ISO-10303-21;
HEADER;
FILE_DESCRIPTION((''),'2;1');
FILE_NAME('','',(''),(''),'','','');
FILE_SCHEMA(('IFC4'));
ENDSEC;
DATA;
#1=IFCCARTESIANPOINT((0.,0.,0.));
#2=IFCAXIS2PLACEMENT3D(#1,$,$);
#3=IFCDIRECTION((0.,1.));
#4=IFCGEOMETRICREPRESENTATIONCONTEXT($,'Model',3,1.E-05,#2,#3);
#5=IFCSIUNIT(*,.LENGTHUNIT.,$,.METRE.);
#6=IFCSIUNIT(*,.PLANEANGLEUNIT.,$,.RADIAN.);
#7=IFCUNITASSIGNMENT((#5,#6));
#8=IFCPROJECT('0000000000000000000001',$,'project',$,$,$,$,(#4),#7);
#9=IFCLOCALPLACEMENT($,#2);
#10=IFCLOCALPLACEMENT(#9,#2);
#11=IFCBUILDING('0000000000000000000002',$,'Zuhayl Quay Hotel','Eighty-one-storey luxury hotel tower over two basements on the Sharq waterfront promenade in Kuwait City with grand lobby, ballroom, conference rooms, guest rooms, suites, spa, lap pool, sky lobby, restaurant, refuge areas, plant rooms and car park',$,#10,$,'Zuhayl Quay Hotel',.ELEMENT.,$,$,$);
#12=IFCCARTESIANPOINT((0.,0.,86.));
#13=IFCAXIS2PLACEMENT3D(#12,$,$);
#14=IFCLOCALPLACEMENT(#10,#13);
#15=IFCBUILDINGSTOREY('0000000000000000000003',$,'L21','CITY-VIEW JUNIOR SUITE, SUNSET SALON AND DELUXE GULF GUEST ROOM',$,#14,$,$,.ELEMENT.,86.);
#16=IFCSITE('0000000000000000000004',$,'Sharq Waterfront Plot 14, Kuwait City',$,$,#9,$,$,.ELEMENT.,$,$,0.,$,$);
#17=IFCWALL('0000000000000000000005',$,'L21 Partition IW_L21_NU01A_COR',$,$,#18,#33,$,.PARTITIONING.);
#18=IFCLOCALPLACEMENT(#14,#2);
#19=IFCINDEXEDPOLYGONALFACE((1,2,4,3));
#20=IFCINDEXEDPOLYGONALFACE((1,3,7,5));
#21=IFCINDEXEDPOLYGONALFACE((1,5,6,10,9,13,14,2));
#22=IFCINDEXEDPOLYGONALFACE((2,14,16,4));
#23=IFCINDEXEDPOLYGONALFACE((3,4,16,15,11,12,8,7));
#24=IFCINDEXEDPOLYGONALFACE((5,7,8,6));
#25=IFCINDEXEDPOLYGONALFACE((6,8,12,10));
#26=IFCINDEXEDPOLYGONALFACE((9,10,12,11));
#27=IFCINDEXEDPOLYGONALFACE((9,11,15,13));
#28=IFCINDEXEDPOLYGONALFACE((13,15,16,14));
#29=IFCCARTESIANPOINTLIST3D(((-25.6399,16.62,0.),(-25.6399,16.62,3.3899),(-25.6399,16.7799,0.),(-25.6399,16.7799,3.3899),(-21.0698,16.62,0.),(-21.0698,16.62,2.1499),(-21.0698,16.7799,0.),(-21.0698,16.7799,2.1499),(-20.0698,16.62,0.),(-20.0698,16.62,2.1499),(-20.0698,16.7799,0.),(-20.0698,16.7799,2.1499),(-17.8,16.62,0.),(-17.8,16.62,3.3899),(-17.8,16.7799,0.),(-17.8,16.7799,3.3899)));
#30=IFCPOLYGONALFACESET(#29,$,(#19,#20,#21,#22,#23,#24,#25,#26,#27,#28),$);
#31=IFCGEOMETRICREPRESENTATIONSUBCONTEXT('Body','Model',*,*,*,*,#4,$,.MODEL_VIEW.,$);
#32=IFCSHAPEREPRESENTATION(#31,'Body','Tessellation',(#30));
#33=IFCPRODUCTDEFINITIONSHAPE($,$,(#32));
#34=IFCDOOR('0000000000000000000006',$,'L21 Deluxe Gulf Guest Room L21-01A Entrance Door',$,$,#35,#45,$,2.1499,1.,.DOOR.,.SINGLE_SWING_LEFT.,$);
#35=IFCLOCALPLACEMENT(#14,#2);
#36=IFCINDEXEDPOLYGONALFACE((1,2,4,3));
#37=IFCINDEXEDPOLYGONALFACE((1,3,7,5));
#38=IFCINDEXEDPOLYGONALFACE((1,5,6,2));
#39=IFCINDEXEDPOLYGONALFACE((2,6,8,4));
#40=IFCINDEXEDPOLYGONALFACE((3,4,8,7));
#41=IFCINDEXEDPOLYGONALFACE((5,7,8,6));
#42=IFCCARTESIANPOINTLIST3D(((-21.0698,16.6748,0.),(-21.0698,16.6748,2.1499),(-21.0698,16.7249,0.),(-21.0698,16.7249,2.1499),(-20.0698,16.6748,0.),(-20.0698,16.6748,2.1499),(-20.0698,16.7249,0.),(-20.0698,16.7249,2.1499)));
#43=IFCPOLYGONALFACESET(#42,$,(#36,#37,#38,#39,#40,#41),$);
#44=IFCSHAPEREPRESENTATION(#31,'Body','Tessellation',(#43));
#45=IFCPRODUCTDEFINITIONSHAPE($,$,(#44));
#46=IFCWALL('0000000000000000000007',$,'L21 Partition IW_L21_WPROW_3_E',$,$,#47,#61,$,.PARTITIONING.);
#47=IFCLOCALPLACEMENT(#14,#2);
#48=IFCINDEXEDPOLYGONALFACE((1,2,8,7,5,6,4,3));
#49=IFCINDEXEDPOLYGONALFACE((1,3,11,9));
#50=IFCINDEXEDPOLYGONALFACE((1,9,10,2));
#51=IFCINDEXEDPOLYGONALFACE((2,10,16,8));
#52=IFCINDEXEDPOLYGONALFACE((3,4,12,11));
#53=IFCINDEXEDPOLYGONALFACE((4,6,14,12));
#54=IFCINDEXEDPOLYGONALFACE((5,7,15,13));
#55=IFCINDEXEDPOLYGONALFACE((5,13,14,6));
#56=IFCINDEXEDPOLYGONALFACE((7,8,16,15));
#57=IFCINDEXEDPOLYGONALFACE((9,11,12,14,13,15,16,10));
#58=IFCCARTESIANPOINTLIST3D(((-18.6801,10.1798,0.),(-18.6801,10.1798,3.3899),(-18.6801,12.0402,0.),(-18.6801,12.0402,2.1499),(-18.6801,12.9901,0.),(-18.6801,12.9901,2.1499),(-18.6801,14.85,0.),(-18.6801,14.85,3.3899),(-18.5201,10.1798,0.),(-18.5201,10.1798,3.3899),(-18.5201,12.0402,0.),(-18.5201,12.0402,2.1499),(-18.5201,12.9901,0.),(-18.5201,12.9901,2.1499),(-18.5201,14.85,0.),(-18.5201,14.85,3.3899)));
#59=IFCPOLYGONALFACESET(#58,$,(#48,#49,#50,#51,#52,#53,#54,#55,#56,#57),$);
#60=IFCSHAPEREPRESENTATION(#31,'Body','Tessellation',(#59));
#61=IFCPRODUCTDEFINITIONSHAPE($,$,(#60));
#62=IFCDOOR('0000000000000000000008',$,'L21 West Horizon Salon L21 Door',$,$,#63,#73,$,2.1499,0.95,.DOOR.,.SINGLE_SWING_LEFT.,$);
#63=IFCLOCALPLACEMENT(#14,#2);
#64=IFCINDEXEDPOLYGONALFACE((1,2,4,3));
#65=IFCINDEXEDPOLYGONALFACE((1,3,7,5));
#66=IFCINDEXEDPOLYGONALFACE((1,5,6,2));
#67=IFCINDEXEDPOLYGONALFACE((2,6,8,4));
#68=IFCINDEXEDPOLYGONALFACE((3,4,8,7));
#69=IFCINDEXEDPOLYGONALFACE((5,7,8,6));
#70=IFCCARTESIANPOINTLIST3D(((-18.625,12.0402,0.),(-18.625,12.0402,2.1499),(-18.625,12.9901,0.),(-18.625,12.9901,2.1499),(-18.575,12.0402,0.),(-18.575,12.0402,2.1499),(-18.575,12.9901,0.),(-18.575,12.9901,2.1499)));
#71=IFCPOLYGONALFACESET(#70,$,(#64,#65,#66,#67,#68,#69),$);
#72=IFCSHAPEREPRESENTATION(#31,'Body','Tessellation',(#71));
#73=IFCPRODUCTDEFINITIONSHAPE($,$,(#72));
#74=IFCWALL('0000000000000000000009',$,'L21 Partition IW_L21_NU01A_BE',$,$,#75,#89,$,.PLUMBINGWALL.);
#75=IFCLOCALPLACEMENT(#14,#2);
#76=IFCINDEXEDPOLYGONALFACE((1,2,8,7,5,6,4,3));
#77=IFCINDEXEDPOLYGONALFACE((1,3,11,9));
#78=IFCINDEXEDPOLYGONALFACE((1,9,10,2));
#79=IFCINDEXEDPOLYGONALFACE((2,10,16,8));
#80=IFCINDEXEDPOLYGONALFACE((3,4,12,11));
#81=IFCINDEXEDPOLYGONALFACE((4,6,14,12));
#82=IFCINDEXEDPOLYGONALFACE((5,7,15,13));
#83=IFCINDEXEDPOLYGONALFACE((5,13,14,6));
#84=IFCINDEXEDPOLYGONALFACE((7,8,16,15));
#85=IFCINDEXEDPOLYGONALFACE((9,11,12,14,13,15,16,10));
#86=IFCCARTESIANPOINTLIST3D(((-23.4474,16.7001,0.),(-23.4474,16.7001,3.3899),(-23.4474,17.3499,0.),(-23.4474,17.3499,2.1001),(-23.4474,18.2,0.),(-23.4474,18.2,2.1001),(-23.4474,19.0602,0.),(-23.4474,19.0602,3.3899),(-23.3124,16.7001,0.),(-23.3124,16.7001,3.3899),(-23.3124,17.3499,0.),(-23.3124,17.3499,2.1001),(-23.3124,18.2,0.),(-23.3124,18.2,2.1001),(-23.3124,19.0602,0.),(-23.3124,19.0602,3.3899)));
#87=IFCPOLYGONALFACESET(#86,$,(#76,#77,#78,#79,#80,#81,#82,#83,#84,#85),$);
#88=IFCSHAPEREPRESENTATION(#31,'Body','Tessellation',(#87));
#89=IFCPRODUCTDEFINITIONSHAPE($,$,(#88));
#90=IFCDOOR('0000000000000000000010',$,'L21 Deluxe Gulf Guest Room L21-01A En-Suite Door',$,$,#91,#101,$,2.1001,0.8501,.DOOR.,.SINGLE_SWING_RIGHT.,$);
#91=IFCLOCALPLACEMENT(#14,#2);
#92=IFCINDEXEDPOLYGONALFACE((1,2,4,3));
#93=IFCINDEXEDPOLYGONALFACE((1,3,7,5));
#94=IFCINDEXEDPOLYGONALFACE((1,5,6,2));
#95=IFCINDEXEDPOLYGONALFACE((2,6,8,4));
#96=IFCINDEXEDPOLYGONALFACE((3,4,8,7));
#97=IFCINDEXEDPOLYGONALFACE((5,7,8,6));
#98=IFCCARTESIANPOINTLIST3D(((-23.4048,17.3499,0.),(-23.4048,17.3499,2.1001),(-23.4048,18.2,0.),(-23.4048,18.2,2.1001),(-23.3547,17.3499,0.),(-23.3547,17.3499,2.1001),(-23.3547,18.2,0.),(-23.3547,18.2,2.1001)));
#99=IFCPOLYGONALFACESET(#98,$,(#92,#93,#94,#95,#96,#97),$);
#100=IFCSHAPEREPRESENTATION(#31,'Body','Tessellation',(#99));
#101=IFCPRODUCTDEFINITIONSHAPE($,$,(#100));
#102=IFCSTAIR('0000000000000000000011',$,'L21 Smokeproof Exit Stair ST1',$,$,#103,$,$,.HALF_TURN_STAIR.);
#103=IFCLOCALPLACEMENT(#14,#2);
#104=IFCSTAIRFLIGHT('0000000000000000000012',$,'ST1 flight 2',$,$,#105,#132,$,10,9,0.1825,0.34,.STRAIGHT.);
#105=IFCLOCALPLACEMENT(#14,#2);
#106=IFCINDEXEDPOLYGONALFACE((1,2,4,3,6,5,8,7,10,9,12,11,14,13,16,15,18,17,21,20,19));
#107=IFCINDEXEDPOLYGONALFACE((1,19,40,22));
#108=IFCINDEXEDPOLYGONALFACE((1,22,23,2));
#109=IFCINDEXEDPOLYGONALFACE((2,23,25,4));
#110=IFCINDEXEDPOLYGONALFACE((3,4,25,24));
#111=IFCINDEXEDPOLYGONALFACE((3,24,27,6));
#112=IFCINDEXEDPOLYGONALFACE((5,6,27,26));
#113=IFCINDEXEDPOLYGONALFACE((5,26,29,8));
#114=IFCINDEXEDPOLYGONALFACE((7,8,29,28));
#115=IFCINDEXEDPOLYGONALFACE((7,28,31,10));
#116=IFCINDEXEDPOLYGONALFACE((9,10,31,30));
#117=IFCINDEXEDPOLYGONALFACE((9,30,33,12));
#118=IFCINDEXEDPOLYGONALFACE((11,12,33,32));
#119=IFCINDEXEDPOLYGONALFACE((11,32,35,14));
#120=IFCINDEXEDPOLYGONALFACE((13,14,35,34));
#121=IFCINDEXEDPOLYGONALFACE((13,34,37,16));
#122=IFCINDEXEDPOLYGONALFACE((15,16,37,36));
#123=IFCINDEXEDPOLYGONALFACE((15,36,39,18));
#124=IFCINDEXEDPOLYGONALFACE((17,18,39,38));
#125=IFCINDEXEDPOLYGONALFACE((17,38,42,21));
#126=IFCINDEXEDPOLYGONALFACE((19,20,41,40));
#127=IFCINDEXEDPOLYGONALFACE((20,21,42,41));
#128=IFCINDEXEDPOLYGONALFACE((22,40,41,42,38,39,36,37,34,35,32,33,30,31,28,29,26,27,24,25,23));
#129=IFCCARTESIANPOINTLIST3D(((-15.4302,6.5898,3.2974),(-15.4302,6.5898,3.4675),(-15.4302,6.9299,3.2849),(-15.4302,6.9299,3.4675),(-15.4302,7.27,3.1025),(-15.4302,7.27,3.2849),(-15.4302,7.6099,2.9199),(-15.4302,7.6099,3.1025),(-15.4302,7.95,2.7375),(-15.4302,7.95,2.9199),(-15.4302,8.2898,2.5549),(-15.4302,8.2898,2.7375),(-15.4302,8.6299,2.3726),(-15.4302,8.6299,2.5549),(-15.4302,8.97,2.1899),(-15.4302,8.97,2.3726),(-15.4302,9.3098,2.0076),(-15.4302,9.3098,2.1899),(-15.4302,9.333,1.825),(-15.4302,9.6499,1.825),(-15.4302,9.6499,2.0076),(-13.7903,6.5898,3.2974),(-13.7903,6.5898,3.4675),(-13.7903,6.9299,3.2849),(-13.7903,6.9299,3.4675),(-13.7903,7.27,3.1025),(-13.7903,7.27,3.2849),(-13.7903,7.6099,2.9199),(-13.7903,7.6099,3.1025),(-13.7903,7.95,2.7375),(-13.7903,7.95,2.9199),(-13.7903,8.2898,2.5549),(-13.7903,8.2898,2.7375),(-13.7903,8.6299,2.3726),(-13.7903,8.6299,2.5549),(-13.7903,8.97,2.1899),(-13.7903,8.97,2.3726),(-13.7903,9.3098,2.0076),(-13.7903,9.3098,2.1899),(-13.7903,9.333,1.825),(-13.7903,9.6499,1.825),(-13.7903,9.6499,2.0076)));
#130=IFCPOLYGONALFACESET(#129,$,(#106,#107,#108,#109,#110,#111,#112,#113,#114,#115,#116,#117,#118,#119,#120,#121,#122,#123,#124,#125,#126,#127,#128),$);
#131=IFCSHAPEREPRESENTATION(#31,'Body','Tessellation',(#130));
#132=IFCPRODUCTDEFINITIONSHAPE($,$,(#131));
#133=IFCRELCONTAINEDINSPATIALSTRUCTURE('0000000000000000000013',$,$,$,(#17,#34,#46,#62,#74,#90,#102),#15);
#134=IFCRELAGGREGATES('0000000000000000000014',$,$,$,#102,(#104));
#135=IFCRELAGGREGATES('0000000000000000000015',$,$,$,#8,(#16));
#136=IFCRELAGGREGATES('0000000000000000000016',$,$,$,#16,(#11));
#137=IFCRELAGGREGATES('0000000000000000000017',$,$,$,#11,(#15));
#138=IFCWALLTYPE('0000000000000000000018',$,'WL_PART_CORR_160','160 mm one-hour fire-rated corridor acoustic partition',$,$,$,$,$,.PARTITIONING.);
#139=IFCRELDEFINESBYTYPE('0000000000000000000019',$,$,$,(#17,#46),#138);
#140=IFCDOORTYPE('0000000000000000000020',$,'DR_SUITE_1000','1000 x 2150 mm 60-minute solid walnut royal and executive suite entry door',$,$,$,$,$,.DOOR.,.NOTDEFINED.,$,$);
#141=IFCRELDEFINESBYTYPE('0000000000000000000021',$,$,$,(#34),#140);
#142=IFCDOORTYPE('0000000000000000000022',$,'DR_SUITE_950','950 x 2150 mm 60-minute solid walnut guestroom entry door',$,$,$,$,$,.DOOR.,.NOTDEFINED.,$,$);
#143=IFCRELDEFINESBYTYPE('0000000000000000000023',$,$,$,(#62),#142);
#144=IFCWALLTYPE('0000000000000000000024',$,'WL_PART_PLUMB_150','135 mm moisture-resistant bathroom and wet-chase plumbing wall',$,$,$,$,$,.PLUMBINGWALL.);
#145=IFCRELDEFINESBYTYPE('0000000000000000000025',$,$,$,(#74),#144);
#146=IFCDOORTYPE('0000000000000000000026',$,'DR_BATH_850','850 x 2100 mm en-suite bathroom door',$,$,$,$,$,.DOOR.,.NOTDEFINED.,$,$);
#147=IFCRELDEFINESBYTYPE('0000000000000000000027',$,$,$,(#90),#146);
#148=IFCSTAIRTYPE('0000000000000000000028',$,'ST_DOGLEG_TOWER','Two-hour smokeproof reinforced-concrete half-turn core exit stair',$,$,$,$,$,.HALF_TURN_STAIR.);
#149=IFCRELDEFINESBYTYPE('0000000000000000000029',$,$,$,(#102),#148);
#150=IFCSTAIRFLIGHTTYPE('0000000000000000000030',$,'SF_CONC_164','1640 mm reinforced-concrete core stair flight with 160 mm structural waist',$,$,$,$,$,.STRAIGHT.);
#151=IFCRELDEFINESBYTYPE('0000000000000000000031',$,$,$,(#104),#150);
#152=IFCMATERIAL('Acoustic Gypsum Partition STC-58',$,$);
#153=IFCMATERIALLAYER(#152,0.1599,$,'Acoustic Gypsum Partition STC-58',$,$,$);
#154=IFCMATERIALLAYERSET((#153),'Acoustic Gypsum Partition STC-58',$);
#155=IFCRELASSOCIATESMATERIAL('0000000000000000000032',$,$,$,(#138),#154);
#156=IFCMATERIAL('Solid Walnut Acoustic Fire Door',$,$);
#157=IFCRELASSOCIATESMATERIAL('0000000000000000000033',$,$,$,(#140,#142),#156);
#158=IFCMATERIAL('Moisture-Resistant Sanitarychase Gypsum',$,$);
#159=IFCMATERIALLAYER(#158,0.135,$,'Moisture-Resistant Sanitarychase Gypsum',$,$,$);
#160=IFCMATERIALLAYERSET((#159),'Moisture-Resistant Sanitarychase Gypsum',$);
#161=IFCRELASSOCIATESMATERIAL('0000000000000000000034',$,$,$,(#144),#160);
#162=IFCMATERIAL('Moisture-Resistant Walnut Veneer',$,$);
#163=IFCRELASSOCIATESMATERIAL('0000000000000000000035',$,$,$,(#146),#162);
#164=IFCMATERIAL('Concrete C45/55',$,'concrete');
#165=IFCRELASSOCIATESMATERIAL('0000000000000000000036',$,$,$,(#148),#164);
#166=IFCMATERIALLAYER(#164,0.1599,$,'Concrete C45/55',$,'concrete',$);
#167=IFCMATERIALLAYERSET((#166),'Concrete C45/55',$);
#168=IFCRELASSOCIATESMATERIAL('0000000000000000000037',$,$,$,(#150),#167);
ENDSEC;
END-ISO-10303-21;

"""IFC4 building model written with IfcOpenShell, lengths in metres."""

from ifc_helpers import new_model, si_unit, direction, frame, frame_2d, origin, place, context, subcontext, project, spatial, polyline, rectangle, outline, extrude, material, layer, layer_set, type_object, element, fill, aggregate, save


model = new_model("IFC4")

# Units and contexts
model_context = context("Model", 3, precision=1e-05, world=origin(), true_north=direction((0.0, 1.0)))
body_context = subcontext(model_context, "Body", "Model", "MODEL_VIEW")
ifc_project = project(units=[si_unit("LENGTHUNIT", "METRE"), si_unit("PLANEANGLEUNIT", "RADIAN")], contexts=[model_context])

# Site, building, storey
site_placement = place(None, origin())
site = spatial("IfcSite", under=ifc_project, at=site_placement, Name="Sharq Waterfront Plot 14, Kuwait City", CompositionType="ELEMENT", RefElevation=0.0)
building_placement = place(site_placement, origin())
building = spatial("IfcBuilding", under=site, at=building_placement, Name="Zuhayl Quay Hotel", Description="Eighty-one-storey luxury hotel tower over two basements on the Sharq waterfront promenade in Kuwait City with grand lobby, ballroom, conference rooms, guest rooms, suites, spa, lap pool, sky lobby, restaurant, refuge areas, plant rooms and car park", LongName="Zuhayl Quay Hotel", CompositionType="ELEMENT")
storey_placement = place(building_placement, frame((0.0, 0.0, 86.0)))
storey = spatial("IfcBuildingStorey", under=building, at=storey_placement, Name="L21", Description="CITY-VIEW JUNIOR SUITE, SUNSET SALON AND DELUXE GULF GUEST ROOM", CompositionType="ELEMENT", Elevation=86.0)

# Shared definitions
ifc_material_1 = material(Name="Acoustic Gypsum Partition STC-58")

# Walls, openings, doors
ifc_layer_1 = layer(ifc_material_1, 0.1599, Name="Acoustic Gypsum Partition STC-58")
ifc_layer_set_1 = layer_set([ifc_layer_1], Name="Acoustic Gypsum Partition STC-58")
wall_type_1 = type_object("IfcWallType", Name="WL_PART_CORR_160", Description="160 mm one-hour fire-rated corridor acoustic partition", PredefinedType="PARTITIONING", material=ifc_layer_set_1)
wall_1_placement = place(storey_placement, frame((-25.6399, 16.7, 0.0), z_axis=(0.0, 0.0, 1.0), x_axis=(1.0, 0.0, 0.0)))
wall_1 = element("IfcWall", 1, at=wall_1_placement, inside=storey, type_object=wall_type_1, Name="L21 Partition IW_L21_NU01A_COR", PredefinedType="PARTITIONING", context=body_context, shape_type="SweptSolid", body=[
    extrude(rectangle(XDim=7.8398, YDim=0.1599, at=frame_2d((3.9199, 0.0))), origin(), (0.0, 0.0, 1.0), 3.3899),
])
opening_1_placement = place(wall_1_placement, frame((4.5701, 0.0, 0.0)))
opening_1 = element("IfcOpeningElement", 2, at=opening_1_placement, cuts=wall_1, PredefinedType="OPENING", context=body_context, shape_type="SweptSolid", body=[
    extrude(rectangle(XDim=1.0, YDim=2.1499, at=frame_2d((0.5, 1.075))), frame((0.0, 0.0898, 0.0), z_axis=(0.0, -1.0, 0.0), x_axis=(1.0, 0.0, 0.0)), (0.0, 0.0, 1.0), 0.1799),
])
ifc_material_2 = material(Name="Solid Walnut Acoustic Fire Door")
door_type_1 = type_object("IfcDoorType", Name="DR_SUITE_1000", Description="1000 x 2150 mm 60-minute solid walnut royal and executive suite entry door", OperationType="NOTDEFINED", PredefinedType="DOOR", material=ifc_material_2)
door_1_placement = place(opening_1_placement, origin())
door_1 = element("IfcDoor", 3, at=door_1_placement, inside=storey, type_object=door_type_1, Name="L21 Deluxe Gulf Guest Room L21-01A Entrance Door", OperationType="SINGLE_SWING_LEFT", OverallHeight=2.1499, OverallWidth=1.0, PredefinedType="DOOR", context=body_context, shape_type="SweptSolid", body=[
    extrude(rectangle(XDim=1.0, YDim=2.1499, at=frame_2d((0.5, 1.075))), frame((0.0, 0.0249, 0.0), z_axis=(0.0, -1.0, 0.0), x_axis=(1.0, 0.0, 0.0)), (0.0, 0.0, 1.0), 0.05),
])
fill(opening_1, door_1)
door_type_2 = type_object("IfcDoorType", Name="DR_SUITE_950", Description="950 x 2150 mm 60-minute solid walnut guestroom entry door", OperationType="NOTDEFINED", PredefinedType="DOOR", material=ifc_material_2)
wall_2_placement = place(storey_placement, frame((-18.6001, 10.1799, 0.0), z_axis=(0.0, 0.0, 1.0), x_axis=(0.0, 1.0, 0.0)))
wall_2 = element("IfcWall", 4, at=wall_2_placement, inside=storey, type_object=wall_type_1, Name="L21 Partition IW_L21_WPROW_3_E", PredefinedType="PARTITIONING", context=body_context, shape_type="SweptSolid", body=[
    extrude(rectangle(XDim=4.6702, YDim=0.1599, at=frame_2d((2.335, 0.0))), origin(), (0.0, 0.0, 1.0), 3.3899),
])
opening_2_placement = place(wall_2_placement, frame((1.8601, 0.0, 0.0)))
opening_2 = element("IfcOpeningElement", 5, at=opening_2_placement, cuts=wall_2, PredefinedType="OPENING", context=body_context, shape_type="SweptSolid", body=[
    extrude(rectangle(XDim=0.95, YDim=2.1499, at=frame_2d((0.4751, 1.075))), frame((0.0, 0.0898, 0.0), z_axis=(0.0, -1.0, 0.0), x_axis=(1.0, 0.0, 0.0)), (0.0, 0.0, 1.0), 0.1799),
])
door_2_placement = place(opening_2_placement, origin())
door_2 = element("IfcDoor", 6, at=door_2_placement, inside=storey, type_object=door_type_2, Name="L21 West Horizon Salon L21 Door", OperationType="SINGLE_SWING_LEFT", OverallHeight=2.1499, OverallWidth=0.95, PredefinedType="DOOR", context=body_context, shape_type="SweptSolid", body=[
    extrude(rectangle(XDim=0.95, YDim=2.1499, at=frame_2d((0.4751, 1.075))), frame((0.0, 0.0249, 0.0), z_axis=(0.0, -1.0, 0.0), x_axis=(1.0, 0.0, 0.0)), (0.0, 0.0, 1.0), 0.05),
])
fill(opening_2, door_2)
ifc_material_3 = material(Name="Moisture-Resistant Sanitarychase Gypsum")
ifc_layer_2 = layer(ifc_material_3, 0.135, Name="Moisture-Resistant Sanitarychase Gypsum")
ifc_layer_set_2 = layer_set([ifc_layer_2], Name="Moisture-Resistant Sanitarychase Gypsum")
wall_type_2 = type_object("IfcWallType", Name="WL_PART_PLUMB_150", Description="135 mm moisture-resistant bathroom and wet-chase plumbing wall", PredefinedType="PLUMBINGWALL", material=ifc_layer_set_2)
wall_3_placement = place(storey_placement, frame((-23.3799, 16.7, 0.0), z_axis=(0.0, 0.0, 1.0), x_axis=(0.0, 1.0, 0.0)))
wall_3 = element("IfcWall", 7, at=wall_3_placement, inside=storey, type_object=wall_type_2, Name="L21 Partition IW_L21_NU01A_BE", PredefinedType="PLUMBINGWALL", context=body_context, shape_type="SweptSolid", body=[
    extrude(rectangle(XDim=2.3601, YDim=0.135, at=frame_2d((1.1802, 0.0))), origin(), (0.0, 0.0, 1.0), 3.3899),
])
opening_3_placement = place(wall_3_placement, frame((0.6499, 0.0, 0.0)))
opening_3 = element("IfcOpeningElement", 8, at=opening_3_placement, cuts=wall_3, PredefinedType="OPENING", context=body_context, shape_type="SweptSolid", body=[
    extrude(rectangle(XDim=0.8501, YDim=2.1001, at=frame_2d((0.425, 1.05))), frame((0.0, 0.0774, 0.0), z_axis=(0.0, -1.0, 0.0), x_axis=(1.0, 0.0, 0.0)), (0.0, 0.0, 1.0), 0.155),
])
ifc_material_4 = material(Name="Moisture-Resistant Walnut Veneer")
door_type_3 = type_object("IfcDoorType", Name="DR_BATH_850", Description="850 x 2100 mm en-suite bathroom door", OperationType="NOTDEFINED", PredefinedType="DOOR", material=ifc_material_4)
door_3_placement = place(opening_3_placement, origin())
door_3 = element("IfcDoor", 9, at=door_3_placement, inside=storey, type_object=door_type_3, Name="L21 Deluxe Gulf Guest Room L21-01A En-Suite Door", OperationType="SINGLE_SWING_RIGHT", OverallHeight=2.1001, OverallWidth=0.8501, PredefinedType="DOOR", context=body_context, shape_type="SweptSolid", body=[
    extrude(rectangle(XDim=0.8501, YDim=2.1001, at=frame_2d((0.425, 1.05))), frame((0.0, 0.0249, 0.0), z_axis=(0.0, -1.0, 0.0), x_axis=(1.0, 0.0, 0.0)), (0.0, 0.0, 1.0), 0.05),
])
fill(opening_3, door_3)

# Stair, stair flight
ifc_material_5 = material(Name="Concrete C45/55", Category="concrete")
stair_type = type_object("IfcStairType", Name="ST_DOGLEG_TOWER", Description="Two-hour smokeproof reinforced-concrete half-turn core exit stair", PredefinedType="HALF_TURN_STAIR", material=ifc_material_5)
stair_placement = place(storey_placement, origin())
stair = element("IfcStair", 10, at=stair_placement, inside=storey, type_object=stair_type, Name="L21 Smokeproof Exit Stair ST1", PredefinedType="HALF_TURN_STAIR")
ifc_layer_3 = layer(ifc_material_5, 0.1599, Name="Concrete C45/55", Category="concrete")
ifc_layer_set_3 = layer_set([ifc_layer_3], Name="Concrete C45/55")
stair_flight_type = type_object("IfcStairFlightType", Name="SF_CONC_164", Description="1640 mm reinforced-concrete core stair flight with 160 mm structural waist", PredefinedType="STRAIGHT", material=ifc_layer_set_3)
stair_flight_placement = place(storey_placement, frame((-14.6101, 9.6499, 1.825), z_axis=(0.0, 0.0, 1.0), x_axis=(0.0, -1.0, 0.0)))
stair_flight = element("IfcStairFlight", 11, at=stair_flight_placement, type_object=stair_flight_type, Name="ST1 flight 2", NumberOfRisers=10, NumberOfTreads=9, PredefinedType="STRAIGHT", RiserHeight=0.1825, TreadLength=0.34, context=body_context, shape_type="SweptSolid", body=[
    extrude(outline(polyline([(0.0, 0.0), (0.0, 0.1826), (0.3401, 0.1826), (0.3401, 0.365), (0.6799, 0.365), (0.6799, 0.5476), (1.02, 0.5476), (1.02, 0.73), (1.3601, 0.73), (1.3601, 0.9126), (1.7, 0.9126), (1.7, 1.095), (2.04, 1.095), (2.04, 1.2776), (2.3799, 1.2776), (2.3799, 1.46), (2.72, 1.46), (2.72, 1.6426), (3.0601, 1.6426), (3.0601, 1.825), (3.0601, 1.4724), (0.3169, 0.0), (0.0, 0.0)])), frame((0.0, 0.8198, 0.0), z_axis=(0.0, -1.0, 0.0), x_axis=(1.0, 0.0, 0.0)), (0.0, 0.0, 1.0), 1.6399),
])
aggregate(stair, [stair_flight])

save(model, "model.ifc")
